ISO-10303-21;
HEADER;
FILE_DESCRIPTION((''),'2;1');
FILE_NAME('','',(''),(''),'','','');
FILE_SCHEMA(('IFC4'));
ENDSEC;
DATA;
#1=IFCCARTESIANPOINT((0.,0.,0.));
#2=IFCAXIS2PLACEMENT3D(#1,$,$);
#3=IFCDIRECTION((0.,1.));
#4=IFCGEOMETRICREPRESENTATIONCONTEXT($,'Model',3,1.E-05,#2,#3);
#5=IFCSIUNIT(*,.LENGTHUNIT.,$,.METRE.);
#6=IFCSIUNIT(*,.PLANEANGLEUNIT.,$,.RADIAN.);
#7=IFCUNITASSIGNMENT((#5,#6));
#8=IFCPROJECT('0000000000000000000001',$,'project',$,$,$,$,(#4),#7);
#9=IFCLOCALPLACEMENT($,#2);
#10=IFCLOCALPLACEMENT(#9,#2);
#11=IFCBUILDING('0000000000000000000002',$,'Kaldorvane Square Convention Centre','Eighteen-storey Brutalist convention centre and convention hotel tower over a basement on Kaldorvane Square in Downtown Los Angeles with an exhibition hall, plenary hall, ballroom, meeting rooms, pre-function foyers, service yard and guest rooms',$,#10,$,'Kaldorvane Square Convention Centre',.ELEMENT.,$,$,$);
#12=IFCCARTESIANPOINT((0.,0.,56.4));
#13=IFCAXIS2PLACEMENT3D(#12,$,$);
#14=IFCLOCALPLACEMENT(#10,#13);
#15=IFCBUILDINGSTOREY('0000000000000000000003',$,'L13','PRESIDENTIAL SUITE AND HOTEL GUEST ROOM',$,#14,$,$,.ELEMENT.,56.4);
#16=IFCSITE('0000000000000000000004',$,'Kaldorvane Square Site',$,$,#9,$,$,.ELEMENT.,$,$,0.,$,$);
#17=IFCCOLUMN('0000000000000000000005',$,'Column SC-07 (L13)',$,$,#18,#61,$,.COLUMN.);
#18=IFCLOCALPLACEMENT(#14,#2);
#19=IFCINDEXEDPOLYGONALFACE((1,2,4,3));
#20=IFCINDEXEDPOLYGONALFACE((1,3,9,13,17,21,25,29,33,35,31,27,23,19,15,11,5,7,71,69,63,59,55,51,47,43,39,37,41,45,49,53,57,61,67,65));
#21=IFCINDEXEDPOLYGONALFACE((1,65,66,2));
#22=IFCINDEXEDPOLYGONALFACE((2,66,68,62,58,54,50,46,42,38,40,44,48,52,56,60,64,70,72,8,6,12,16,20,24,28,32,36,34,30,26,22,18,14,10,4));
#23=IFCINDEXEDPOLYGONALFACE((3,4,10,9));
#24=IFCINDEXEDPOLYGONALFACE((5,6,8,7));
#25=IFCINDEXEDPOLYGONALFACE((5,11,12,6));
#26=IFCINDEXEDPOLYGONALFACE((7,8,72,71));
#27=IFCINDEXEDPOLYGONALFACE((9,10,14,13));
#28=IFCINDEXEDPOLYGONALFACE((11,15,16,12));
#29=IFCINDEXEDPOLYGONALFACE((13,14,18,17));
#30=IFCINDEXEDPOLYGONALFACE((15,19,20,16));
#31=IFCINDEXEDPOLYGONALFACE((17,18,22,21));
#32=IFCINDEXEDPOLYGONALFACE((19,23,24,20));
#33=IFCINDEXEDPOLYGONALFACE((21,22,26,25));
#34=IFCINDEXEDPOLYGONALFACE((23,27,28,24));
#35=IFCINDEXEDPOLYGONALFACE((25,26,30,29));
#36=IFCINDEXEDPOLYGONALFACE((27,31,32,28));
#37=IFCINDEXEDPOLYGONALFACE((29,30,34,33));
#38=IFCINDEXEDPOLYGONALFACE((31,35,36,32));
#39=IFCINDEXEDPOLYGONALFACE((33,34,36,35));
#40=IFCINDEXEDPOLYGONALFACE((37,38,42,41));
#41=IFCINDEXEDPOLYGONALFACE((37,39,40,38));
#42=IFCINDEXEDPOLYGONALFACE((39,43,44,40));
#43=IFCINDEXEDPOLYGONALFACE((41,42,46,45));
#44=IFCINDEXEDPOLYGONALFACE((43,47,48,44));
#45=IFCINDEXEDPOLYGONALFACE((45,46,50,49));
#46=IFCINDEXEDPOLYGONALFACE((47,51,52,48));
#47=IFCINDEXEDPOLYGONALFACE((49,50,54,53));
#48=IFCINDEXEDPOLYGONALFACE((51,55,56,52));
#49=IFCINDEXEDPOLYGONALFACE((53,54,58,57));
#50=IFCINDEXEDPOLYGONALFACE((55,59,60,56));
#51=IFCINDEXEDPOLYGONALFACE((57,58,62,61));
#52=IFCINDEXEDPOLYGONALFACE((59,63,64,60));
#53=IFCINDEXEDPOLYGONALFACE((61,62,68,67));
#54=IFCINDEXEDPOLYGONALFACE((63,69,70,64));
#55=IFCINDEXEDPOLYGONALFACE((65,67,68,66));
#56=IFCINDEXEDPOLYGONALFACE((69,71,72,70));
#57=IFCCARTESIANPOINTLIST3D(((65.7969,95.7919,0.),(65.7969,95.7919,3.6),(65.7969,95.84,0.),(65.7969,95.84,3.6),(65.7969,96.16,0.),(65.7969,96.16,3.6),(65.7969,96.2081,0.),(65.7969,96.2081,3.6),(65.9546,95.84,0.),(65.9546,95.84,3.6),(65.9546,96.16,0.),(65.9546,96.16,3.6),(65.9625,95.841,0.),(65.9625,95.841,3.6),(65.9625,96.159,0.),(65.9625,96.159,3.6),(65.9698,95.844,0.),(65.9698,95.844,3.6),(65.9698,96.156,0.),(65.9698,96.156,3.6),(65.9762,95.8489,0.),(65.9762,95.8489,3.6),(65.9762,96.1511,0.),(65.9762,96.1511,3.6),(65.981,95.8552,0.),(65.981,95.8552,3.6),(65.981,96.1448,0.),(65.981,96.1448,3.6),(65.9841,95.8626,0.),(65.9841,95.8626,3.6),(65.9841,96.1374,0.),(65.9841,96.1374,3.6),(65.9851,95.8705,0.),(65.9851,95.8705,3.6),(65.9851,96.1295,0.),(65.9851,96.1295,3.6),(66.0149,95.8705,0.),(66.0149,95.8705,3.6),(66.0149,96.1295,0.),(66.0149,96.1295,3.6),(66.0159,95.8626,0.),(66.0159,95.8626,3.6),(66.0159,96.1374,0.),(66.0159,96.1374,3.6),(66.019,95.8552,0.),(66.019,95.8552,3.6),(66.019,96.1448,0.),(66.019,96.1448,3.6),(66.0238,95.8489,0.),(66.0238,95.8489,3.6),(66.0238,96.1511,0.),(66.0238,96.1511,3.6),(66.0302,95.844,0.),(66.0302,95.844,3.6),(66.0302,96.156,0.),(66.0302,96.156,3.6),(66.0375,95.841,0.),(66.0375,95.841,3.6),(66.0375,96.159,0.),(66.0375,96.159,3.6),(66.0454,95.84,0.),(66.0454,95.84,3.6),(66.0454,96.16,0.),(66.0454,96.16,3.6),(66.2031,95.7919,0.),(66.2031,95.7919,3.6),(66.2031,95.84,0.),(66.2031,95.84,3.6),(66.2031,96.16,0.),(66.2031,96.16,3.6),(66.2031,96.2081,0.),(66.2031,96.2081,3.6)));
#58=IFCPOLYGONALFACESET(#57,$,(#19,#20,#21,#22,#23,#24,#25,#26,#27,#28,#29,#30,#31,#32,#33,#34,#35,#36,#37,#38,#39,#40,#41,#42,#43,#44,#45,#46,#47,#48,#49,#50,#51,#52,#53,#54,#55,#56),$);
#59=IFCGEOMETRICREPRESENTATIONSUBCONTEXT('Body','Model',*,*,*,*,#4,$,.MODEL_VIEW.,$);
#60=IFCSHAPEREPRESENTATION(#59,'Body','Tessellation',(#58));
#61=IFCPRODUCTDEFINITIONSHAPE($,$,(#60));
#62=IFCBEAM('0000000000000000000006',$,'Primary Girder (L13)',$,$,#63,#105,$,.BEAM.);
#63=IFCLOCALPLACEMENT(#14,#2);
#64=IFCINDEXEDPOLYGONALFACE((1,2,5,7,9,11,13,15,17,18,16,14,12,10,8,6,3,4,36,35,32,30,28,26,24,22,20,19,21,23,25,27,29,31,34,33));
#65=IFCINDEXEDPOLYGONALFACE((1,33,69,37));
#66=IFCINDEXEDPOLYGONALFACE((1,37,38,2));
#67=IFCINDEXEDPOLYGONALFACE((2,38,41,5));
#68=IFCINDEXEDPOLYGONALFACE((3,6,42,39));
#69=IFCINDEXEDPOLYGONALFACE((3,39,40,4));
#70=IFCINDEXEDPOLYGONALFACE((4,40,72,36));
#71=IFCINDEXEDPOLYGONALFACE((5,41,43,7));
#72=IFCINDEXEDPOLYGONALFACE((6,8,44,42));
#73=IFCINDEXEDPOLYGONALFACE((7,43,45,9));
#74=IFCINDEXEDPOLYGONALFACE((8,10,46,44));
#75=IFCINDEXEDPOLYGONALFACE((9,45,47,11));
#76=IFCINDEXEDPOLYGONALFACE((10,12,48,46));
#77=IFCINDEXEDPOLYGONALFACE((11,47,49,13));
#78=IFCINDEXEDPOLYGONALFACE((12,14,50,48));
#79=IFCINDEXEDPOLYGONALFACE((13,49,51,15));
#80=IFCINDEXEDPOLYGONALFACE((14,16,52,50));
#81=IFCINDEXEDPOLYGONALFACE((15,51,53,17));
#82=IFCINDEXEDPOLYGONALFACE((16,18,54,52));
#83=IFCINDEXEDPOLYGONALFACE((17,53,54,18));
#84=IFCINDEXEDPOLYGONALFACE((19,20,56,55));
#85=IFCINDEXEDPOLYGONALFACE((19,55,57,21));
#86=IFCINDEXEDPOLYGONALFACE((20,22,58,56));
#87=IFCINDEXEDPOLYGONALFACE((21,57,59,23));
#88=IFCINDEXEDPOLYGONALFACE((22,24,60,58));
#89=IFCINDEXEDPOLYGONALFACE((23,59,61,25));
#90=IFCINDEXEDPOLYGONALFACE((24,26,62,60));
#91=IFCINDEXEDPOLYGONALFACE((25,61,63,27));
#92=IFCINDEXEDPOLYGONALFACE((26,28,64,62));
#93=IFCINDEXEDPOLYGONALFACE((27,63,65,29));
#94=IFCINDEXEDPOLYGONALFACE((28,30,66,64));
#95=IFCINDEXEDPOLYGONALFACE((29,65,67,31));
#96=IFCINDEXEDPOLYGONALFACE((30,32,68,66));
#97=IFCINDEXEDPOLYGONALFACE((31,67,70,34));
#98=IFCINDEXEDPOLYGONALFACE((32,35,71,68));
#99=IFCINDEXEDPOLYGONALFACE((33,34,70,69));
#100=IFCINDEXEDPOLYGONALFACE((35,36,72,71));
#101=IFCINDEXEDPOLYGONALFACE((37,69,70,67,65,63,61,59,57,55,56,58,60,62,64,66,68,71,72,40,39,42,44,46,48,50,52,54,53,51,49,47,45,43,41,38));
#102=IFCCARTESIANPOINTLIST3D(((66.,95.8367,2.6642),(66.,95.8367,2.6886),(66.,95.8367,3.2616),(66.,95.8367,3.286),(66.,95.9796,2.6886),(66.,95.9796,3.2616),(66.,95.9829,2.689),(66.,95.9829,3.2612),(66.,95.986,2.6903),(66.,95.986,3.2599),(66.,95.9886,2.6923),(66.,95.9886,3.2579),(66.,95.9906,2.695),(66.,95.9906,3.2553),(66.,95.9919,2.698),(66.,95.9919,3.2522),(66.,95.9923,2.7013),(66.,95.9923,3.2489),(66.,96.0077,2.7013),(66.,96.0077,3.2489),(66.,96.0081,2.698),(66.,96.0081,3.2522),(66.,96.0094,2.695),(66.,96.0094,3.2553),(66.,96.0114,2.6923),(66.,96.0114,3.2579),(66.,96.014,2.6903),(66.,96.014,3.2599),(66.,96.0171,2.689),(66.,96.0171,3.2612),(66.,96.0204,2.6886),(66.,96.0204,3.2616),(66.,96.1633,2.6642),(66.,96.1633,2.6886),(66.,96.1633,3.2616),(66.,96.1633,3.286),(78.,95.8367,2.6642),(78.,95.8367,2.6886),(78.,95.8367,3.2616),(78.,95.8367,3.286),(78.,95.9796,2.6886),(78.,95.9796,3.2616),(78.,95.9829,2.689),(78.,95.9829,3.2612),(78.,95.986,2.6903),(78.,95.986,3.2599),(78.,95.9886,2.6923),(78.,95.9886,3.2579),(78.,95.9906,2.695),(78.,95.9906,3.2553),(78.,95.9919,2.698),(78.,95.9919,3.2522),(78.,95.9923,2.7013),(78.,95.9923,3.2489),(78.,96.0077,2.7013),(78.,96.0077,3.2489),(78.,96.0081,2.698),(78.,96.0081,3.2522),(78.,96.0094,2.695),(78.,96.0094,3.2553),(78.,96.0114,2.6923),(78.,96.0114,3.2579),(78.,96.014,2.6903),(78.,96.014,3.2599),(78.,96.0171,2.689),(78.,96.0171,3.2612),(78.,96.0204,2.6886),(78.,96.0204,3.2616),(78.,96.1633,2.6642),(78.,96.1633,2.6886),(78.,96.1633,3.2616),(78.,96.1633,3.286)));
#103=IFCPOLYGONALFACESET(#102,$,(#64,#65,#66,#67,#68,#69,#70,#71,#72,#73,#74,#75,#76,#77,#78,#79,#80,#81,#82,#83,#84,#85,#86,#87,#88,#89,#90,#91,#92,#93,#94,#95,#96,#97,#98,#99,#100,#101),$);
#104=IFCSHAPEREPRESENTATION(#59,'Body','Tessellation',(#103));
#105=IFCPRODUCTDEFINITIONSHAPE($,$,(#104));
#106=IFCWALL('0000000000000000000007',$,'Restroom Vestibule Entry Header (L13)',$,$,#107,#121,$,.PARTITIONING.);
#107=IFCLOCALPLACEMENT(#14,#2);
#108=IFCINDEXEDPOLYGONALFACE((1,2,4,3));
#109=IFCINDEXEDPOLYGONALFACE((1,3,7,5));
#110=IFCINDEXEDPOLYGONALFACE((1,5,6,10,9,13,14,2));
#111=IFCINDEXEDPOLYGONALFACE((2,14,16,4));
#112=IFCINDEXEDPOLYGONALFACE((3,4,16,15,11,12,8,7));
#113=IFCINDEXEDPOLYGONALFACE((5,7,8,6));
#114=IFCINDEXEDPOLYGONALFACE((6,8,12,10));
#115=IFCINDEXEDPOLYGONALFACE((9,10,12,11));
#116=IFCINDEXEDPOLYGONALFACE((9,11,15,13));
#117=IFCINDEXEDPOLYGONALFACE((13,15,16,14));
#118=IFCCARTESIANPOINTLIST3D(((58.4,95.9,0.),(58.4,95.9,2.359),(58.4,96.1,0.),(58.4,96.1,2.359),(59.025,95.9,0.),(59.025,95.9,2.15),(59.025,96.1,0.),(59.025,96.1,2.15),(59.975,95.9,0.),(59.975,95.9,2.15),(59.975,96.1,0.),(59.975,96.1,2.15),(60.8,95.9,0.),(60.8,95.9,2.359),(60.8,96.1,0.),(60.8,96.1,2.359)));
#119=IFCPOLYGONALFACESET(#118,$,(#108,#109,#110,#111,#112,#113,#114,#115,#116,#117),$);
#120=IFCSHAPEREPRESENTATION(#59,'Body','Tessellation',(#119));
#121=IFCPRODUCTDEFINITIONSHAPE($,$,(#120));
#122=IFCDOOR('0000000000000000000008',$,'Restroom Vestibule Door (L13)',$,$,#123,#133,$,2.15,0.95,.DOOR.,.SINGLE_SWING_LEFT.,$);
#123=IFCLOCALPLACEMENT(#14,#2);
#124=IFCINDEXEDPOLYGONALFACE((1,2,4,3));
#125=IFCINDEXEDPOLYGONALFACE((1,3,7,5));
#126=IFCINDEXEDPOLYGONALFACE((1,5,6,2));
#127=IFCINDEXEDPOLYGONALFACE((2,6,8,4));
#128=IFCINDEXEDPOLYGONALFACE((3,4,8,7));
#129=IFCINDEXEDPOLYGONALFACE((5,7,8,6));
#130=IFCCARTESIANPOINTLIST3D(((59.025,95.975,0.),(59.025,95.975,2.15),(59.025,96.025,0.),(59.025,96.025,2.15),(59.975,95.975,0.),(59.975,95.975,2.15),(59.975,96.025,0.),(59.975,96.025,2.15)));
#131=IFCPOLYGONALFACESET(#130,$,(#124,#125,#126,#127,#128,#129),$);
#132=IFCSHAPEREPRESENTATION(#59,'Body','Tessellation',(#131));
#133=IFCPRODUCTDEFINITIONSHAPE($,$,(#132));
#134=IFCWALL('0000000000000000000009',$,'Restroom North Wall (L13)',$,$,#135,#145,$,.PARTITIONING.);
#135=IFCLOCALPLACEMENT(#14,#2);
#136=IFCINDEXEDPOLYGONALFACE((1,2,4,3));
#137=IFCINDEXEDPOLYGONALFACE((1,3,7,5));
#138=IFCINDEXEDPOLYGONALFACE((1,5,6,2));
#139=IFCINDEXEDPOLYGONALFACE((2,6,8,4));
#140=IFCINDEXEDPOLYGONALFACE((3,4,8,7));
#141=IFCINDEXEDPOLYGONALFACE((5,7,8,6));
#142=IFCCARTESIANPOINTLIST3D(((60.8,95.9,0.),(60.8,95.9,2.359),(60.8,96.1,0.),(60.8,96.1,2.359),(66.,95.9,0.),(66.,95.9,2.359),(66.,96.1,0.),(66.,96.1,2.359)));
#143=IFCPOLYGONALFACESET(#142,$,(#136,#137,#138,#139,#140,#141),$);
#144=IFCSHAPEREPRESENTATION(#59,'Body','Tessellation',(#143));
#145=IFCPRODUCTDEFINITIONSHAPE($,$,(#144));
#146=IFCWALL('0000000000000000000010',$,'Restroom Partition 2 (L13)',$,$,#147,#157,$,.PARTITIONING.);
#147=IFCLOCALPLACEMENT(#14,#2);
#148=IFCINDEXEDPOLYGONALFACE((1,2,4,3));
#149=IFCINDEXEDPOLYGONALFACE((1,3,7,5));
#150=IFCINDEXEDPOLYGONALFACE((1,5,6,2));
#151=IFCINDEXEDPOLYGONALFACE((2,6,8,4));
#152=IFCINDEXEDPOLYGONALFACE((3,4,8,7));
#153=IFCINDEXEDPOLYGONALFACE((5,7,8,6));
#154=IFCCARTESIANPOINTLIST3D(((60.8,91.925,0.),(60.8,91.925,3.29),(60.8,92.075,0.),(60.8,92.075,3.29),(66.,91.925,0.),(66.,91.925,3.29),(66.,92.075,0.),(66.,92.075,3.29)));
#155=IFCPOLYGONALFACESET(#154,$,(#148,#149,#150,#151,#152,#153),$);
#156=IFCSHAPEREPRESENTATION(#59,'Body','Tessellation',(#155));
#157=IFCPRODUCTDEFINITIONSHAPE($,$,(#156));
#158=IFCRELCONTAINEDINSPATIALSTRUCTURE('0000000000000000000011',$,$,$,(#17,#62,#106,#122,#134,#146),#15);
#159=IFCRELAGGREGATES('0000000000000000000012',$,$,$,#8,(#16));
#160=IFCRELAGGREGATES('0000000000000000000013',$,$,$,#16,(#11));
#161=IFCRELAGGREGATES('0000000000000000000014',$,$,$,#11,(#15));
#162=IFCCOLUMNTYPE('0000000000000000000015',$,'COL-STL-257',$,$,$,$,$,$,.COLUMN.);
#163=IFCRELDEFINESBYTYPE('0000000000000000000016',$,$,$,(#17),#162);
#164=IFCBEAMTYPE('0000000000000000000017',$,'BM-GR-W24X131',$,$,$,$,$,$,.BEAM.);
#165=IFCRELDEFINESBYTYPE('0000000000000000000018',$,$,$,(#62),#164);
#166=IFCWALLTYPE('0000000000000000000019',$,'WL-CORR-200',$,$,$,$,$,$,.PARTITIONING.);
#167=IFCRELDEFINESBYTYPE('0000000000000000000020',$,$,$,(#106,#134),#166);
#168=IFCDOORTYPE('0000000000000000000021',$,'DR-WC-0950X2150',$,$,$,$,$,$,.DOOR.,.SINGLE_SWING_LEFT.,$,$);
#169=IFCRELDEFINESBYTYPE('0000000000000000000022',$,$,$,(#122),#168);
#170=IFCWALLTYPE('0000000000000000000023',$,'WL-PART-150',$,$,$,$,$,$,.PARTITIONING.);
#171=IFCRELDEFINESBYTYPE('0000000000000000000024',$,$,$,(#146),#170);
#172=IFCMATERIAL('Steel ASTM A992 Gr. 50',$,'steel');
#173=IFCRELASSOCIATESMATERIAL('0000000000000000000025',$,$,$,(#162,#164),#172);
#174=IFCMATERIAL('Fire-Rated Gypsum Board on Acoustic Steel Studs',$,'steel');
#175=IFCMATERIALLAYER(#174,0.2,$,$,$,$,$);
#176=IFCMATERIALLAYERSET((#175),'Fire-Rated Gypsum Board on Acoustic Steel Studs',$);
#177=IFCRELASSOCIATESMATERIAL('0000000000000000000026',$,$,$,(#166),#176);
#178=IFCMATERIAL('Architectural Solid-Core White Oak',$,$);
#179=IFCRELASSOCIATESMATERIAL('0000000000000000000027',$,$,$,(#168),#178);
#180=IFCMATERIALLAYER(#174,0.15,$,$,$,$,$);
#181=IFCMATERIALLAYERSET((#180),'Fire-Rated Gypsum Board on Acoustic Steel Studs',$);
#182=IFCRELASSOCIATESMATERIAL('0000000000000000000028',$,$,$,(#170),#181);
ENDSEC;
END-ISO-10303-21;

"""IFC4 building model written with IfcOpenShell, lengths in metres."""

from ifc_helpers import new_model, si_unit, direction, frame, frame_2d, origin, origin_2d, place, context, subcontext, project, spatial, rectangle, i_section, extrude, material, layer, layer_set, material_profile, profile_set, type_object, element, fill, save


model = new_model("IFC4")

# Units and contexts
model_context = context("Model", 3, precision=1e-05, world=origin(), true_north=direction((0.0, 1.0)))
body_context = subcontext(model_context, "Body", "Model", "MODEL_VIEW")
ifc_project = project(units=[si_unit("LENGTHUNIT", "METRE"), si_unit("PLANEANGLEUNIT", "RADIAN")], contexts=[model_context])

# Site, building, storey
site_placement = place(None, origin())
site = spatial("IfcSite", under=ifc_project, at=site_placement, Name="Kaldorvane Square Site", CompositionType="ELEMENT", RefElevation=0.0)
building_placement = place(site_placement, origin())
building = spatial("IfcBuilding", under=site, at=building_placement, Name="Kaldorvane Square Convention Centre", Description="Eighteen-storey Brutalist convention centre and convention hotel tower over a basement on Kaldorvane Square in Downtown Los Angeles with an exhibition hall, plenary hall, ballroom, meeting rooms, pre-function foyers, service yard and guest rooms", LongName="Kaldorvane Square Convention Centre", CompositionType="ELEMENT")
storey_placement = place(building_placement, frame((0.0, 0.0, 56.4)))
storey = spatial("IfcBuildingStorey", under=building, at=storey_placement, Name="L13", Description="PRESIDENTIAL SUITE AND HOTEL GUEST ROOM", CompositionType="ELEMENT", Elevation=56.4)

# Column
ifc_material_1 = material(Name="Steel ASTM A992 Gr. 50", Category="steel")
ifc_material_profile_1 = material_profile(ifc_material_1, i_section(OverallWidth=0.4063, OverallDepth=0.4161, WebThickness=0.0298, FlangeThickness=0.048, FilletRadius=0.0305, at=origin_2d()), Name="W14X257")
ifc_profile_set_1 = profile_set([ifc_material_profile_1], Name="Steel ASTM A992 Gr. 50")
column_type = type_object("IfcColumnType", Name="COL-STL-257", PredefinedType="COLUMN", material=ifc_profile_set_1)
column_placement = place(storey_placement, frame((66.0, 96.0, 0.0), z_axis=(0.0, 0.0, 1.0), x_axis=(1.0, 0.0, 0.0)))
element("IfcColumn", 1, at=column_placement, inside=storey, type_object=column_type, Name="Column SC-07 (L13)", PredefinedType="COLUMN", context=body_context, shape_type="SweptSolid", body=[
    extrude(i_section(OverallWidth=0.4063, OverallDepth=0.4161, WebThickness=0.0298, FlangeThickness=0.048, FilletRadius=0.0305, at=origin_2d()), origin(), (0.0, 0.0, 1.0), 3.6),
])

# Beam
ifc_material_profile_2 = material_profile(ifc_material_1, i_section(OverallWidth=0.3265, OverallDepth=0.6218, WebThickness=0.0154, FlangeThickness=0.0244, FilletRadius=0.0127, at=origin_2d()), Name="W24X131")
ifc_profile_set_2 = profile_set([ifc_material_profile_2], Name="Steel ASTM A992 Gr. 50")
beam_type = type_object("IfcBeamType", Name="BM-GR-W24X131", PredefinedType="BEAM", material=ifc_profile_set_2)
beam_placement = place(storey_placement, frame((66.0, 96.0, 2.9751), z_axis=(1.0, 0.0, 0.0), x_axis=(0.0, 1.0, 0.0)))
element("IfcBeam", 2, at=beam_placement, inside=storey, type_object=beam_type, Name="Primary Girder (L13)", PredefinedType="BEAM", context=body_context, shape_type="SweptSolid", body=[
    extrude(i_section(OverallWidth=0.3265, OverallDepth=0.6218, WebThickness=0.0154, FlangeThickness=0.0244, FilletRadius=0.0127, at=origin_2d()), origin(), (0.0, 0.0, 1.0), 12.0),
])

# Wall, opening, door
ifc_material_2 = material(Name="Fire-Rated Gypsum Board on Acoustic Steel Studs", Category="steel")
ifc_layer_1 = layer(ifc_material_2, 0.2)
ifc_layer_set_1 = layer_set([ifc_layer_1], Name="Fire-Rated Gypsum Board on Acoustic Steel Studs")
wall_type_1 = type_object("IfcWallType", Name="WL-CORR-200", PredefinedType="PARTITIONING", material=ifc_layer_set_1)
wall_1_placement = place(storey_placement, frame((58.4, 96.0, 0.0), z_axis=(0.0, 0.0, 1.0), x_axis=(1.0, 0.0, 0.0)))
wall_1 = element("IfcWall", 3, at=wall_1_placement, inside=storey, type_object=wall_type_1, Name="Restroom Vestibule Entry Header (L13)", PredefinedType="PARTITIONING", context=body_context, shape_type="SweptSolid", body=[
    extrude(rectangle(XDim=2.4, YDim=0.2, at=frame_2d((1.2, 0.0))), origin(), (0.0, 0.0, 1.0), 2.359),
])
opening_1_placement = place(wall_1_placement, frame((0.625, 0.0, 0.0)))
opening_1 = element("IfcOpeningElement", 4, at=opening_1_placement, cuts=wall_1, PredefinedType="OPENING", context=body_context, shape_type="SweptSolid", body=[
    extrude(rectangle(XDim=0.95, YDim=2.15, at=frame_2d((0.475, 1.075))), frame((0.0, 0.115, 0.0), z_axis=(0.0, -1.0, 0.0), x_axis=(1.0, 0.0, 0.0)), (0.0, 0.0, 1.0), 0.23),
])
ifc_material_3 = material(Name="Architectural Solid-Core White Oak")
door_type_1 = type_object("IfcDoorType", Name="DR-WC-0950X2150", OperationType="SINGLE_SWING_LEFT", PredefinedType="DOOR", material=ifc_material_3)
door_1_placement = place(opening_1_placement, origin())
door_1 = element("IfcDoor", 5, at=door_1_placement, inside=storey, type_object=door_type_1, Name="Restroom Vestibule Door (L13)", OperationType="SINGLE_SWING_LEFT", OverallHeight=2.15, OverallWidth=0.95, PredefinedType="DOOR", context=body_context, shape_type="SweptSolid", body=[
    extrude(rectangle(XDim=0.95, YDim=2.15, at=frame_2d((0.475, 1.075))), frame((0.0, 0.025, 0.0), z_axis=(0.0, -1.0, 0.0), x_axis=(1.0, 0.0, 0.0)), (0.0, 0.0, 1.0), 0.05),
])
fill(opening_1, door_1)

# Walls
wall_2_placement = place(storey_placement, frame((60.8, 96.0, 0.0), z_axis=(0.0, 0.0, 1.0), x_axis=(1.0, 0.0, 0.0)))
element("IfcWall", 6, at=wall_2_placement, inside=storey, type_object=wall_type_1, Name="Restroom North Wall (L13)", PredefinedType="PARTITIONING", context=body_context, shape_type="SweptSolid", body=[
    extrude(rectangle(XDim=5.2, YDim=0.2, at=frame_2d((2.6, 0.0))), origin(), (0.0, 0.0, 1.0), 2.359),
])
ifc_layer_2 = layer(ifc_material_2, 0.15)
ifc_layer_set_2 = layer_set([ifc_layer_2], Name="Fire-Rated Gypsum Board on Acoustic Steel Studs")
wall_type_2 = type_object("IfcWallType", Name="WL-PART-150", PredefinedType="PARTITIONING", material=ifc_layer_set_2)
wall_3_placement = place(storey_placement, frame((60.8, 92.0, 0.0), z_axis=(0.0, 0.0, 1.0), x_axis=(1.0, 0.0, 0.0)))
element("IfcWall", 7, at=wall_3_placement, inside=storey, type_object=wall_type_2, Name="Restroom Partition 2 (L13)", PredefinedType="PARTITIONING", context=body_context, shape_type="SweptSolid", body=[
    extrude(rectangle(XDim=5.2, YDim=0.15, at=frame_2d((2.6, 0.0))), origin(), (0.0, 0.0, 1.0), 3.29),
])

save(model, "model.ifc")
